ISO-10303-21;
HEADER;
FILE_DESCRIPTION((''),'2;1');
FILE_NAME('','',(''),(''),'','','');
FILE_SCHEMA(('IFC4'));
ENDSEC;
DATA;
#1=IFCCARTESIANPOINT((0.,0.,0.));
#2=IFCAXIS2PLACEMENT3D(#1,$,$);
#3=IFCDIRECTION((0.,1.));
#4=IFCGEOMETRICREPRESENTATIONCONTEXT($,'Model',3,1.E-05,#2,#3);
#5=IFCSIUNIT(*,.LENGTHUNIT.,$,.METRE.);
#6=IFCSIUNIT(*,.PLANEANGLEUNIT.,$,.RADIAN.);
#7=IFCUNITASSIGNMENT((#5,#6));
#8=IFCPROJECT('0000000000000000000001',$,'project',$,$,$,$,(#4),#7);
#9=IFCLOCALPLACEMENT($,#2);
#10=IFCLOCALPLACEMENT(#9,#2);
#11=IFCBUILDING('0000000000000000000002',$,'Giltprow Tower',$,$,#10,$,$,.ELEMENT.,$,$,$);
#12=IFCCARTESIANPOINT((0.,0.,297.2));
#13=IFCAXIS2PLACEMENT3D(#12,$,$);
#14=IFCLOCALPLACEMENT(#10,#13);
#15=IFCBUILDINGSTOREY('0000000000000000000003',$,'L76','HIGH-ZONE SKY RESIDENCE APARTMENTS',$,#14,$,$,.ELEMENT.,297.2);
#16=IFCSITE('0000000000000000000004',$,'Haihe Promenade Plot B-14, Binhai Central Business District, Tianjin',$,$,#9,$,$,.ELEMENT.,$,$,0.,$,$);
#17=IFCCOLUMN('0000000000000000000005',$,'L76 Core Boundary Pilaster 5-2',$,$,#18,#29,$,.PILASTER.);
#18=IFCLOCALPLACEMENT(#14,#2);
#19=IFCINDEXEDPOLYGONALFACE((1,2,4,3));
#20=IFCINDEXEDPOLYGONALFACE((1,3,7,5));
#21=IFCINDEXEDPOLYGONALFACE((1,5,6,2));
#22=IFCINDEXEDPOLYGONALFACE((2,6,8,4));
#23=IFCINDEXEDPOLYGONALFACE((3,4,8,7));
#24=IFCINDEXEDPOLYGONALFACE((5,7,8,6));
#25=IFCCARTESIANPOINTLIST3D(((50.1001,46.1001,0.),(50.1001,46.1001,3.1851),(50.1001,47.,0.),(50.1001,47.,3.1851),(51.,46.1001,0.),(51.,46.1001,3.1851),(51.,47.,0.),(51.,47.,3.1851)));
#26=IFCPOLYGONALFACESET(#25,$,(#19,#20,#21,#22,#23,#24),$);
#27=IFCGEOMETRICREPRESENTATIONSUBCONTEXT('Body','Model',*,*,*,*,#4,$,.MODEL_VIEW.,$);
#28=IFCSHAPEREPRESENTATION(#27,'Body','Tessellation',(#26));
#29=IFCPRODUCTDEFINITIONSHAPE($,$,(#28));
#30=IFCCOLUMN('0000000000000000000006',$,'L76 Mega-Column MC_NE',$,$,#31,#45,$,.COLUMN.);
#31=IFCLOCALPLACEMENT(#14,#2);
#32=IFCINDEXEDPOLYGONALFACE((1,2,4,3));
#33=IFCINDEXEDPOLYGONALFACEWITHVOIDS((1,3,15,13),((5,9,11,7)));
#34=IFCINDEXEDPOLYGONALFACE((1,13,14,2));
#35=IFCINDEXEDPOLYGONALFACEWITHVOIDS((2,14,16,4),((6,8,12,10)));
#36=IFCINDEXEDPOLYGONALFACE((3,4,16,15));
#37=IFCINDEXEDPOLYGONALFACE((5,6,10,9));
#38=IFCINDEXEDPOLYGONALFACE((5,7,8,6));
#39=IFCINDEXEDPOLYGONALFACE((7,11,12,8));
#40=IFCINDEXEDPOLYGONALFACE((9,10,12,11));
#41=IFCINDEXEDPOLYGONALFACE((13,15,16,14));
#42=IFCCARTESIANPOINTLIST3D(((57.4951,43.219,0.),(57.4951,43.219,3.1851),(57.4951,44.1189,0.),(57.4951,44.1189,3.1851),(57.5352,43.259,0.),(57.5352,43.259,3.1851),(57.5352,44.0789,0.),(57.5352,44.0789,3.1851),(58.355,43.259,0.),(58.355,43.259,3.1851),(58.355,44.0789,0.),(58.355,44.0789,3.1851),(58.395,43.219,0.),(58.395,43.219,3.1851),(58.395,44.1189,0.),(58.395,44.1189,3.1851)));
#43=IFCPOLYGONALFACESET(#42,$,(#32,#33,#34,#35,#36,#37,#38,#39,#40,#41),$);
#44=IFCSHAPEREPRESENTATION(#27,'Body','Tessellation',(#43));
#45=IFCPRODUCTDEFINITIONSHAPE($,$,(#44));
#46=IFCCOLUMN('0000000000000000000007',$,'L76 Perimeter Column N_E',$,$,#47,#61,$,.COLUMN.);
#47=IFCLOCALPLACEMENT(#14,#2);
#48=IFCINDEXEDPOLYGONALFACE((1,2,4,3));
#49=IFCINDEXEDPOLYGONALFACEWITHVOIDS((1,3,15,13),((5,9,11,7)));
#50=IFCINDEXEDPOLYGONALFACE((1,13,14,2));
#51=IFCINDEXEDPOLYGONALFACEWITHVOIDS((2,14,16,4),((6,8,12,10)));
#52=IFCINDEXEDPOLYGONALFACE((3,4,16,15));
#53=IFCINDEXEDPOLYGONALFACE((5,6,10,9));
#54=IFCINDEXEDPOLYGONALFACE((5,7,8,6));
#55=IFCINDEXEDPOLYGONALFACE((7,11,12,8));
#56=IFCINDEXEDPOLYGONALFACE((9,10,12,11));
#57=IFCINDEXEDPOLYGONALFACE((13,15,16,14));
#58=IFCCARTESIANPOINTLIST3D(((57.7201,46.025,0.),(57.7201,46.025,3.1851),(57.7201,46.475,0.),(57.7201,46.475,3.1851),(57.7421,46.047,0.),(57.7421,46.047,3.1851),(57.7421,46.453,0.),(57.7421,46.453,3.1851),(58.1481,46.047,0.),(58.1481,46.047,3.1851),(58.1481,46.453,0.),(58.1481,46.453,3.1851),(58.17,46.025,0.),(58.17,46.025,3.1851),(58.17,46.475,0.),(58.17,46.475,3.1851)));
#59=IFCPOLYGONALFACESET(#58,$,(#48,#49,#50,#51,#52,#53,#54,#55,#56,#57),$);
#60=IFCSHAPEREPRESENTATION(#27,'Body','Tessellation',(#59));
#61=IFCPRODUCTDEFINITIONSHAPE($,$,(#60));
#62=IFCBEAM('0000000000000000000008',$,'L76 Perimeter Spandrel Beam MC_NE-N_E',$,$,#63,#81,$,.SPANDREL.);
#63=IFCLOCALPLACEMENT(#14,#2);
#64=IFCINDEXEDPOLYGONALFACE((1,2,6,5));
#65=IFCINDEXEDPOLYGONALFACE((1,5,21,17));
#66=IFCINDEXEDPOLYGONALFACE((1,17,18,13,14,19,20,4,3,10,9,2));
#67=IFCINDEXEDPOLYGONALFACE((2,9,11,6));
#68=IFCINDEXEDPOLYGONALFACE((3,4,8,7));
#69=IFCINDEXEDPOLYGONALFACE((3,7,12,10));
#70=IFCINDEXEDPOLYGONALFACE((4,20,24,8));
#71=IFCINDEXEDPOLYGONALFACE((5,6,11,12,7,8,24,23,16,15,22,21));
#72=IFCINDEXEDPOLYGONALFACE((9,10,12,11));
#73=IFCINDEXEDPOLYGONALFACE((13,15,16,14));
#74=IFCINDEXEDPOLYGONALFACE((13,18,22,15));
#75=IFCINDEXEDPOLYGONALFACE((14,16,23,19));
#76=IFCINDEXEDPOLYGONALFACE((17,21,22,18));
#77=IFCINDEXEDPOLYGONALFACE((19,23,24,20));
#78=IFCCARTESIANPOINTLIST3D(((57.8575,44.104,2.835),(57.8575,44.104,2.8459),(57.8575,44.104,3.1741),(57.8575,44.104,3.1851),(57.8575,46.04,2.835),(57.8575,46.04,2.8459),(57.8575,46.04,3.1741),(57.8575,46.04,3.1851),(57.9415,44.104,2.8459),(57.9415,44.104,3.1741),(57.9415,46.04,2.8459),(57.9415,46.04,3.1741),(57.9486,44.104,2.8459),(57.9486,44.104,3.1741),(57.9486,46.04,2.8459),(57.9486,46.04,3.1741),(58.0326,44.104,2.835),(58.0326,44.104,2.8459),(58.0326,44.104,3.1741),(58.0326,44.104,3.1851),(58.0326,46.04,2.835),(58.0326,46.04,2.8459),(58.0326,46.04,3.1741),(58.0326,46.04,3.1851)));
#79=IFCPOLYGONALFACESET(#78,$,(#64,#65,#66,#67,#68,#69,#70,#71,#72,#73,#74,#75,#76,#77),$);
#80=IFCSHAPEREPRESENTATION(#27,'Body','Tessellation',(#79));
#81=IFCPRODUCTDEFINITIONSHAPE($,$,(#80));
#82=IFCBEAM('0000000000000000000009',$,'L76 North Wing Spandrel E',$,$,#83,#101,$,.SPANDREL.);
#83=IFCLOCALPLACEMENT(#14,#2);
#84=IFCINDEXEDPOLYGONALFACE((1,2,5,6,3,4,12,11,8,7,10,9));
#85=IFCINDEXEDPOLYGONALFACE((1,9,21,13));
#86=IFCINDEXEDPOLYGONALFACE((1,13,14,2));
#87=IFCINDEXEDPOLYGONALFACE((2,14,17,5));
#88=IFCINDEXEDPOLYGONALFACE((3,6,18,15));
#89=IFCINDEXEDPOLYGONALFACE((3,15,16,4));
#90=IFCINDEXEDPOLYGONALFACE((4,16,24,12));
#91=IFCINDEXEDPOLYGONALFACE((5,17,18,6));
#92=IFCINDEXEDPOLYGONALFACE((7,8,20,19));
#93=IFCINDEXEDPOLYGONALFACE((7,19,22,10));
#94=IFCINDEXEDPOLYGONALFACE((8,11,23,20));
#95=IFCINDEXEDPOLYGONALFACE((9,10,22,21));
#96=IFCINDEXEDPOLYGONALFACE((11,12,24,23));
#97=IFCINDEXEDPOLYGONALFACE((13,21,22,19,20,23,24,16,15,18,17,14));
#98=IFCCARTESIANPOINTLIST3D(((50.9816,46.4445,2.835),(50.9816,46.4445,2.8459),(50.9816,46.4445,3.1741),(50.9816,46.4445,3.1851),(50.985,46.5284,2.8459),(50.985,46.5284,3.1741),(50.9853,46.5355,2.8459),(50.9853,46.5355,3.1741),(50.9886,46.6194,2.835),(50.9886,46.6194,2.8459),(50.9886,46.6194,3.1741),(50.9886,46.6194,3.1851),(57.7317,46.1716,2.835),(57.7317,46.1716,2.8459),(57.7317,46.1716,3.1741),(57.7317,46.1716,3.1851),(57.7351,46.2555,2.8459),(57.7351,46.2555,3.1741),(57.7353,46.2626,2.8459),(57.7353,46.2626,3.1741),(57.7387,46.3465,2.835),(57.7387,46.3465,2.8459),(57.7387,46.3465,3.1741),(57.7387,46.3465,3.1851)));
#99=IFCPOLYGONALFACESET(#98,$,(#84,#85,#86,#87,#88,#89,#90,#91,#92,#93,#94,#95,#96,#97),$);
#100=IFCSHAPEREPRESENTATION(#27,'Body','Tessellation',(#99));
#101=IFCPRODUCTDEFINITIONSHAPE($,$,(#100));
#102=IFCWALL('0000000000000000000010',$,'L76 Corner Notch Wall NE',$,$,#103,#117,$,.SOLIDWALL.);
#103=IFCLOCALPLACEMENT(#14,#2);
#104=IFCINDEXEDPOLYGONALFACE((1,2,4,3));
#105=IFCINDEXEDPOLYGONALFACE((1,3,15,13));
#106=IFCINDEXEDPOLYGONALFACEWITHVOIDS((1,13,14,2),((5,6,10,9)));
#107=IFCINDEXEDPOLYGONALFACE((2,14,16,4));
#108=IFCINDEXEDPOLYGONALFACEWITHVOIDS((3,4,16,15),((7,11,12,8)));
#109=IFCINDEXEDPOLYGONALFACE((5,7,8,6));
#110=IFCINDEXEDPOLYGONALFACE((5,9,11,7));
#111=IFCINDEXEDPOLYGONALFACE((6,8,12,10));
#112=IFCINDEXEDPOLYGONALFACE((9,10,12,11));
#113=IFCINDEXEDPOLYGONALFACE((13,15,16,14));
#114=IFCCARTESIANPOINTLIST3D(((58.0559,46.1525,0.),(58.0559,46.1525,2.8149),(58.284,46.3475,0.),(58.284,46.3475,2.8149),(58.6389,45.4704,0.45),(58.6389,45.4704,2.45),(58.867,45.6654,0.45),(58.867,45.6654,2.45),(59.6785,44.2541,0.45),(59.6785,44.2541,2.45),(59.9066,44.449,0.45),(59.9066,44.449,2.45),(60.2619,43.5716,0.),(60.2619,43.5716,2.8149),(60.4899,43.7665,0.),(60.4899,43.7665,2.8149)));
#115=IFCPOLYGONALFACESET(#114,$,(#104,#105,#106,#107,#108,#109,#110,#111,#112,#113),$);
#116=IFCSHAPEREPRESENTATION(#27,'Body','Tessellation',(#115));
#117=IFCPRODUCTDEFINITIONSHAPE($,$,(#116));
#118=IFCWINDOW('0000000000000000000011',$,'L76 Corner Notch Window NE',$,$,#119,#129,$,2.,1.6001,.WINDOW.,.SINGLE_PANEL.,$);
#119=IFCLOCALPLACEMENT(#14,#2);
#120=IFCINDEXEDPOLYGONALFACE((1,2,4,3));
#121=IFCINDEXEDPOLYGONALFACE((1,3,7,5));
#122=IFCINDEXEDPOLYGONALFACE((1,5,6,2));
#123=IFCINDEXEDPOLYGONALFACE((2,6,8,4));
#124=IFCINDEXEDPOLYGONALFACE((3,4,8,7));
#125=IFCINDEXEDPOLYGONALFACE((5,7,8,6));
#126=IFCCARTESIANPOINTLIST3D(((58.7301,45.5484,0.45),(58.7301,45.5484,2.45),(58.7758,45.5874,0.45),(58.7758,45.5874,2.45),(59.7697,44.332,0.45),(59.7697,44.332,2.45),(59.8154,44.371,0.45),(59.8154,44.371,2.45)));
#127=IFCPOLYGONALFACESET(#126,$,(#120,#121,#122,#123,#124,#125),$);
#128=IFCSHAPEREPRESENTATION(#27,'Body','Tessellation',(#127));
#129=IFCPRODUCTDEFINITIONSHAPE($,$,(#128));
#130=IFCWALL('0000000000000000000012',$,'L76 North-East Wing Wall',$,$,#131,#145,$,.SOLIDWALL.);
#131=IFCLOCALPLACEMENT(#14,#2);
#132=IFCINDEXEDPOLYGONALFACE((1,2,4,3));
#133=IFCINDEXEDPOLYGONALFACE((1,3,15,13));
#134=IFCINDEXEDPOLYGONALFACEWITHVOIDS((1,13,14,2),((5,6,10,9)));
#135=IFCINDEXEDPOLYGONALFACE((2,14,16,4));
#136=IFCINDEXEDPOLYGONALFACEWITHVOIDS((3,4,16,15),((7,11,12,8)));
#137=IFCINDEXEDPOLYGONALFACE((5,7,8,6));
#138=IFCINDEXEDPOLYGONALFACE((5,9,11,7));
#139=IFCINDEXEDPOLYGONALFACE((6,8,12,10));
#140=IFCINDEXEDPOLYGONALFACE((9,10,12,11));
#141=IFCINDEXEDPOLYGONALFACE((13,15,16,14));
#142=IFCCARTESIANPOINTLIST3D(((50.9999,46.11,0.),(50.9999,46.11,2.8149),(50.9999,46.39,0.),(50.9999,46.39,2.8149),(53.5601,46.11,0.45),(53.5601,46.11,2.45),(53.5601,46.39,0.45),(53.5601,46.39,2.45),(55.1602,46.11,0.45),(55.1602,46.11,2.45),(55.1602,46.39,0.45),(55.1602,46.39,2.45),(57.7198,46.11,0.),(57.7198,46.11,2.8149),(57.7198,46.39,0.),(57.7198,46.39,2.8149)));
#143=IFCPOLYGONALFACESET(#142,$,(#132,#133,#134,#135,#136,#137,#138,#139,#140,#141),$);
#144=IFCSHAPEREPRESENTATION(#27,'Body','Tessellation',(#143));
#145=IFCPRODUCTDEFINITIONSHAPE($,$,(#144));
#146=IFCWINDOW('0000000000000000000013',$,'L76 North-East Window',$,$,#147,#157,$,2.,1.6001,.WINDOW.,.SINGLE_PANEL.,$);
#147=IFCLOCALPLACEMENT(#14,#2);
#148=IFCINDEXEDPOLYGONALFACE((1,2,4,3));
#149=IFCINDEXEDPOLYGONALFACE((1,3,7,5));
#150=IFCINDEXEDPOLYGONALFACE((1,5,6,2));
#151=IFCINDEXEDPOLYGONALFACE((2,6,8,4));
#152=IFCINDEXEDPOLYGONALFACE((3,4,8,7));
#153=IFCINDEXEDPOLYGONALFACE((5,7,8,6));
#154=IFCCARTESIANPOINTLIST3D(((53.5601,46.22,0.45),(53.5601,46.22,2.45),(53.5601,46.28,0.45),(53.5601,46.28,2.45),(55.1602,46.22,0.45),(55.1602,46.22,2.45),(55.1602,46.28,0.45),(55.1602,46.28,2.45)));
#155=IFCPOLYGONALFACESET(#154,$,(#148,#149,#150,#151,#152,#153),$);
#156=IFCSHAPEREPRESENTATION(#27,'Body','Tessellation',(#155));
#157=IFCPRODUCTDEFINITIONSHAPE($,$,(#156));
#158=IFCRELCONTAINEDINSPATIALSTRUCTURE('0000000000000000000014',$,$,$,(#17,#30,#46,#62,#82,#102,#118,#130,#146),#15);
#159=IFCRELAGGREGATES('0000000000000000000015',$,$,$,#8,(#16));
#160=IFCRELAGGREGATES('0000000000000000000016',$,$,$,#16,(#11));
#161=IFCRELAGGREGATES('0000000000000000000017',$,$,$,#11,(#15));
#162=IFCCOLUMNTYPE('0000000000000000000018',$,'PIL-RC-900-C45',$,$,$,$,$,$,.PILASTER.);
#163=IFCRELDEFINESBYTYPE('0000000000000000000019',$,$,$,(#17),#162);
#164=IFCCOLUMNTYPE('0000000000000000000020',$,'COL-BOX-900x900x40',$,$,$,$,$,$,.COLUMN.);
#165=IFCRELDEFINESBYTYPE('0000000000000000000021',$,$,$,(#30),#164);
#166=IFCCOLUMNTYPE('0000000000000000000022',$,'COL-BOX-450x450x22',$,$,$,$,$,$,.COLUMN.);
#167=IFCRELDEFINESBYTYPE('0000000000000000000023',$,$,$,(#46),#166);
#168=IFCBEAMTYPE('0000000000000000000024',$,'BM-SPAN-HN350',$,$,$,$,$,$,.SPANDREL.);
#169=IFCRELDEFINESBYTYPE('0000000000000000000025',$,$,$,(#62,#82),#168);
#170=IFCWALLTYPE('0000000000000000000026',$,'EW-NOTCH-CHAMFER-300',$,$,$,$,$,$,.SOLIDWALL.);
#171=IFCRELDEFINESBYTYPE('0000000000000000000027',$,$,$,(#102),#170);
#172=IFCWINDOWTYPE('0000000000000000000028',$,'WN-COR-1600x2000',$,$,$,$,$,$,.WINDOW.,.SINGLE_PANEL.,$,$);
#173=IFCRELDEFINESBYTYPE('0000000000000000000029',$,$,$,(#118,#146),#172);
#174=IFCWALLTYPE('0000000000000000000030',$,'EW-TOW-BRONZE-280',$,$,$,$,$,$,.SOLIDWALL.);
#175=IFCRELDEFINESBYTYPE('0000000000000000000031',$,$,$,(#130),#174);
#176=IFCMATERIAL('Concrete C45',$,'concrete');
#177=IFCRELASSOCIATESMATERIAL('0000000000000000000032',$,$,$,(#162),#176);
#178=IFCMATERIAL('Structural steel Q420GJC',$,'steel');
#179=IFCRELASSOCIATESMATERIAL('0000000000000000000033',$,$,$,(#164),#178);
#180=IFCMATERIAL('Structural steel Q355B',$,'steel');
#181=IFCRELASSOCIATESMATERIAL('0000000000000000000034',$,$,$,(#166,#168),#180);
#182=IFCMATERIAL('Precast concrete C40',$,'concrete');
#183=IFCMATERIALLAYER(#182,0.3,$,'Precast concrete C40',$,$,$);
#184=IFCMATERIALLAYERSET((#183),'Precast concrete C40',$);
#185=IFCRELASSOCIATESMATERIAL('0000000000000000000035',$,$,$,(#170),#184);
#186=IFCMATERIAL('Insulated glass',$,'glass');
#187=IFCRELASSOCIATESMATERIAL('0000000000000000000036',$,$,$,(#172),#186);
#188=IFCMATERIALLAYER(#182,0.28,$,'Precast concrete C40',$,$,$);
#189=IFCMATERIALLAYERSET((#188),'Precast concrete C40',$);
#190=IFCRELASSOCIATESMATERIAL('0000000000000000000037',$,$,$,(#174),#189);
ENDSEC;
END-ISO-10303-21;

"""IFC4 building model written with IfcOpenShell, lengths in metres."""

from ifc_helpers import new_model, si_unit, direction, frame, frame_2d, origin, origin_2d, place, context, subcontext, project, spatial, rectangle, hollow_rectangle, i_section, extrude, source, transform, mapped, material, layer, layer_set, material_profile, profile_set, type_object, element, fill, save


model = new_model("IFC4")

# Units and contexts
model_context = context("Model", 3, precision=1e-05, world=origin(), true_north=direction((0.0, 1.0)))
body_context = subcontext(model_context, "Body", "Model", "MODEL_VIEW")
ifc_project = project(units=[si_unit("LENGTHUNIT", "METRE"), si_unit("PLANEANGLEUNIT", "RADIAN")], contexts=[model_context])

# Site, building, storey
site_placement = place(None, origin())
site = spatial("IfcSite", under=ifc_project, at=site_placement, Name="Haihe Promenade Plot B-14, Binhai Central Business District, Tianjin", CompositionType="ELEMENT", RefElevation=0.0)
building_placement = place(site_placement, origin())
building = spatial("IfcBuilding", under=site, at=building_placement, Name="Giltprow Tower", CompositionType="ELEMENT")
storey_placement = place(building_placement, frame((0.0, 0.0, 297.2)))
storey = spatial("IfcBuildingStorey", under=building, at=storey_placement, Name="L76", Description="HIGH-ZONE SKY RESIDENCE APARTMENTS", CompositionType="ELEMENT", Elevation=297.2)

# Columns
ifc_material_1 = material(Name="Concrete C45", Category="concrete")
ifc_material_profile_1 = material_profile(ifc_material_1, rectangle(XDim=0.8999, YDim=0.8999, at=origin_2d()), Name="RC 900x900")
ifc_profile_set_1 = profile_set([ifc_material_profile_1], Name="Concrete C45")
column_type_1 = type_object("IfcColumnType", Name="PIL-RC-900-C45", PredefinedType="PILASTER", material=ifc_profile_set_1)
shared_shape_1 = source(origin(), body_context, "Body", "SweptSolid", [
    extrude(rectangle(XDim=0.8999, YDim=0.8999, at=origin_2d()), origin(), (0.0, 0.0, 1.0), 3.1851),
])
column_1_placement = place(storey_placement, frame((50.55, 46.55, 0.0), z_axis=(0.0, 0.0, 1.0), x_axis=(1.0, 0.0, 0.0)))
element("IfcColumn", 1, at=column_1_placement, inside=storey, type_object=column_type_1, Name="L76 Core Boundary Pilaster 5-2", PredefinedType="PILASTER", context=body_context, shape_type="MappedRepresentation", body=[
    mapped(shared_shape_1, transform((0.0, 0.0, 0.0), x_axis=(1.0, 0.0, 0.0), y_axis=(0.0, 1.0, 0.0), z_axis=(0.0, 0.0, 1.0), scale=1.0)),
])
ifc_material_2 = material(Name="Structural steel Q420GJC", Category="steel")
ifc_material_profile_2 = material_profile(ifc_material_2, hollow_rectangle(XDim=0.8999, YDim=0.8999, WallThickness=0.04, at=origin_2d()), Name="BOX 900x900x40")
ifc_profile_set_2 = profile_set([ifc_material_profile_2], Name="Structural steel Q420GJC")
column_type_2 = type_object("IfcColumnType", Name="COL-BOX-900x900x40", PredefinedType="COLUMN", material=ifc_profile_set_2)
shared_shape_2 = source(origin(), body_context, "Body", "SweptSolid", [
    extrude(hollow_rectangle(XDim=0.8999, YDim=0.8999, WallThickness=0.04, at=origin_2d()), origin(), (0.0, 0.0, 1.0), 3.1851),
])
column_2_placement = place(storey_placement, frame((57.9451, 43.6689, 0.0), z_axis=(0.0, 0.0, 1.0), x_axis=(1.0, 0.0, 0.0)))
element("IfcColumn", 2, at=column_2_placement, inside=storey, type_object=column_type_2, Name="L76 Mega-Column MC_NE", PredefinedType="COLUMN", context=body_context, shape_type="MappedRepresentation", body=[
    mapped(shared_shape_2, transform((0.0, 0.0, 0.0), x_axis=(1.0, 0.0, 0.0), y_axis=(0.0, 1.0, 0.0), z_axis=(0.0, 0.0, 1.0), scale=1.0)),
])
ifc_material_3 = material(Name="Structural steel Q355B", Category="steel")
ifc_material_profile_3 = material_profile(ifc_material_3, hollow_rectangle(XDim=0.45, YDim=0.45, WallThickness=0.022, at=origin_2d()), Name="BOX 450x450x22")
ifc_profile_set_3 = profile_set([ifc_material_profile_3], Name="Structural steel Q355B")
column_type_3 = type_object("IfcColumnType", Name="COL-BOX-450x450x22", PredefinedType="COLUMN", material=ifc_profile_set_3)
shared_shape_3 = source(origin(), body_context, "Body", "SweptSolid", [
    extrude(hollow_rectangle(XDim=0.45, YDim=0.45, WallThickness=0.022, at=origin_2d()), origin(), (0.0, 0.0, 1.0), 3.1851),
])
column_3_placement = place(storey_placement, frame((57.9451, 46.25, 0.0), z_axis=(0.0, 0.0, 1.0), x_axis=(1.0, 0.0, 0.0)))
element("IfcColumn", 3, at=column_3_placement, inside=storey, type_object=column_type_3, Name="L76 Perimeter Column N_E", PredefinedType="COLUMN", context=body_context, shape_type="MappedRepresentation", body=[
    mapped(shared_shape_3, transform((0.0, 0.0, 0.0), x_axis=(1.0, 0.0, 0.0), y_axis=(0.0, 1.0, 0.0), z_axis=(0.0, 0.0, 1.0), scale=1.0)),
])

# Beams
ifc_material_profile_4 = material_profile(ifc_material_3, i_section(OverallWidth=0.175, OverallDepth=0.3501, WebThickness=0.0071, FlangeThickness=0.011, at=origin_2d()), Name="HN 350x175x7x11")
ifc_profile_set_4 = profile_set([ifc_material_profile_4], Name="Structural steel Q355B")
beam_type = type_object("IfcBeamType", Name="BM-SPAN-HN350", PredefinedType="SPANDREL", material=ifc_profile_set_4)
shared_shape_4 = source(origin(), body_context, "Body", "SweptSolid", [
    extrude(i_section(OverallWidth=0.175, OverallDepth=0.3501, WebThickness=0.0071, FlangeThickness=0.011, at=origin_2d()), origin(), (0.0, 0.0, 1.0), 1.936),
])
beam_1_placement = place(storey_placement, frame((57.9451, 44.104, 3.01), z_axis=(0.0, 1.0, 0.0), x_axis=(-1.0, 0.0, 0.0)))
element("IfcBeam", 4, at=beam_1_placement, inside=storey, type_object=beam_type, Name="L76 Perimeter Spandrel Beam MC_NE-N_E", PredefinedType="SPANDREL", context=body_context, shape_type="MappedRepresentation", body=[
    mapped(shared_shape_4, transform((0.0, 0.0, 0.0), x_axis=(1.0, 0.0, 0.0), y_axis=(0.0, 1.0, 0.0), z_axis=(0.0, 0.0, 1.0), scale=1.0)),
])
shared_shape_5 = source(origin(), body_context, "Body", "SweptSolid", [
    extrude(i_section(OverallWidth=0.175, OverallDepth=0.3501, WebThickness=0.0071, FlangeThickness=0.011, at=origin_2d()), origin(), (0.0, 0.0, 1.0), 6.7556),
])
beam_2_placement = place(storey_placement, frame((50.9851, 46.532, 3.01), z_axis=(0.999183, -0.040404, 0.0), x_axis=(0.040404, 0.999183, 0.0)))
element("IfcBeam", 5, at=beam_2_placement, inside=storey, type_object=beam_type, Name="L76 North Wing Spandrel E", PredefinedType="SPANDREL", context=body_context, shape_type="MappedRepresentation", body=[
    mapped(shared_shape_5, transform((0.0, 0.0, 0.0), x_axis=(1.0, 0.0, 0.0), y_axis=(0.0, 1.0, 0.0), z_axis=(0.0, 0.0, 1.0), scale=1.0)),
])

# Walls, openings, windows
ifc_material_4 = material(Name="Precast concrete C40", Category="concrete")
ifc_layer_1 = layer(ifc_material_4, 0.3, Name="Precast concrete C40")
ifc_layer_set_1 = layer_set([ifc_layer_1], Name="Precast concrete C40")
wall_type_1 = type_object("IfcWallType", Name="EW-NOTCH-CHAMFER-300", PredefinedType="SOLIDWALL", material=ifc_layer_set_1)
wall_1_placement = place(storey_placement, frame((60.376, 43.6689, 0.0), z_axis=(0.0, 0.0, 1.0), x_axis=(-0.649725, 0.760169, 0.0)))
wall_1 = element("IfcWall", 6, at=wall_1_placement, inside=storey, type_object=wall_type_1, Name="L76 Corner Notch Wall NE", PredefinedType="SOLIDWALL", context=body_context, shape_type="SweptSolid", body=[
    extrude(rectangle(XDim=3.3953, YDim=0.3, at=frame_2d((1.6978, 0.0))), origin(), (0.0, 0.0, 1.0), 2.8149),
])
opening_1_placement = place(wall_1_placement, frame((0.8979, 0.0, 0.45)))
opening_1 = element("IfcOpeningElement", 7, at=opening_1_placement, cuts=wall_1, PredefinedType="OPENING", context=body_context, shape_type="SweptSolid", body=[
    extrude(rectangle(XDim=1.6001, YDim=2.0, at=frame_2d((0.8, 1.0))), frame((0.0, 0.1599, 0.0), z_axis=(0.0, -1.0, 0.0), x_axis=(1.0, 0.0, 0.0)), (0.0, 0.0, 1.0), 0.3201),
])
ifc_material_5 = material(Name="Insulated glass", Category="glass")
window_type = type_object("IfcWindowType", Name="WN-COR-1600x2000", PartitioningType="SINGLE_PANEL", PredefinedType="WINDOW", material=ifc_material_5)
shared_shape_6 = source(origin(), body_context, "Body", "SweptSolid", [
    extrude(rectangle(XDim=1.6001, YDim=2.0, at=frame_2d((0.8, 1.0))), frame((0.0, 0.03, 0.0), z_axis=(0.0, -1.0, 0.0), x_axis=(1.0, 0.0, 0.0)), (0.0, 0.0, 1.0), 0.0601),
])
window_1_placement = place(opening_1_placement, origin())
window_1 = element("IfcWindow", 8, at=window_1_placement, inside=storey, type_object=window_type, Name="L76 Corner Notch Window NE", OverallHeight=2.0, OverallWidth=1.6001, PartitioningType="SINGLE_PANEL", PredefinedType="WINDOW", context=body_context, shape_type="MappedRepresentation", body=[
    mapped(shared_shape_6, transform((0.0, 0.0, 0.0), x_axis=(1.0, 0.0, 0.0), y_axis=(0.0, 1.0, 0.0), z_axis=(0.0, 0.0, 1.0), scale=1.0)),
])
fill(opening_1, window_1)
ifc_layer_2 = layer(ifc_material_4, 0.28, Name="Precast concrete C40")
ifc_layer_set_2 = layer_set([ifc_layer_2], Name="Precast concrete C40")
wall_type_2 = type_object("IfcWallType", Name="EW-TOW-BRONZE-280", PredefinedType="SOLIDWALL", material=ifc_layer_set_2)
wall_2_placement = place(storey_placement, frame((51.0, 46.25, 0.0), z_axis=(0.0, 0.0, 1.0), x_axis=(1.0, 0.0, 0.0)))
wall_2 = element("IfcWall", 9, at=wall_2_placement, inside=storey, type_object=wall_type_2, Name="L76 North-East Wing Wall", PredefinedType="SOLIDWALL", context=body_context, shape_type="SweptSolid", body=[
    extrude(rectangle(XDim=6.72, YDim=0.28, at=frame_2d((3.3599, 0.0))), origin(), (0.0, 0.0, 1.0), 2.8149),
])
opening_2_placement = place(wall_2_placement, frame((2.5601, 0.0, 0.45)))
opening_2 = element("IfcOpeningElement", 10, at=opening_2_placement, cuts=wall_2, PredefinedType="OPENING", context=body_context, shape_type="SweptSolid", body=[
    extrude(rectangle(XDim=1.6001, YDim=2.0, at=frame_2d((0.8, 1.0))), frame((0.0, 0.1499, 0.0), z_axis=(0.0, -1.0, 0.0), x_axis=(1.0, 0.0, 0.0)), (0.0, 0.0, 1.0), 0.3),
])
window_2_placement = place(opening_2_placement, origin())
window_2 = element("IfcWindow", 11, at=window_2_placement, inside=storey, type_object=window_type, Name="L76 North-East Window", OverallHeight=2.0, OverallWidth=1.6001, PartitioningType="SINGLE_PANEL", PredefinedType="WINDOW", context=body_context, shape_type="MappedRepresentation", body=[
    mapped(shared_shape_6, transform((0.0, 0.0, 0.0), x_axis=(1.0, 0.0, 0.0), y_axis=(0.0, 1.0, 0.0), z_axis=(0.0, 0.0, 1.0), scale=1.0)),
])
fill(opening_2, window_2)

save(model, "model.ifc")
